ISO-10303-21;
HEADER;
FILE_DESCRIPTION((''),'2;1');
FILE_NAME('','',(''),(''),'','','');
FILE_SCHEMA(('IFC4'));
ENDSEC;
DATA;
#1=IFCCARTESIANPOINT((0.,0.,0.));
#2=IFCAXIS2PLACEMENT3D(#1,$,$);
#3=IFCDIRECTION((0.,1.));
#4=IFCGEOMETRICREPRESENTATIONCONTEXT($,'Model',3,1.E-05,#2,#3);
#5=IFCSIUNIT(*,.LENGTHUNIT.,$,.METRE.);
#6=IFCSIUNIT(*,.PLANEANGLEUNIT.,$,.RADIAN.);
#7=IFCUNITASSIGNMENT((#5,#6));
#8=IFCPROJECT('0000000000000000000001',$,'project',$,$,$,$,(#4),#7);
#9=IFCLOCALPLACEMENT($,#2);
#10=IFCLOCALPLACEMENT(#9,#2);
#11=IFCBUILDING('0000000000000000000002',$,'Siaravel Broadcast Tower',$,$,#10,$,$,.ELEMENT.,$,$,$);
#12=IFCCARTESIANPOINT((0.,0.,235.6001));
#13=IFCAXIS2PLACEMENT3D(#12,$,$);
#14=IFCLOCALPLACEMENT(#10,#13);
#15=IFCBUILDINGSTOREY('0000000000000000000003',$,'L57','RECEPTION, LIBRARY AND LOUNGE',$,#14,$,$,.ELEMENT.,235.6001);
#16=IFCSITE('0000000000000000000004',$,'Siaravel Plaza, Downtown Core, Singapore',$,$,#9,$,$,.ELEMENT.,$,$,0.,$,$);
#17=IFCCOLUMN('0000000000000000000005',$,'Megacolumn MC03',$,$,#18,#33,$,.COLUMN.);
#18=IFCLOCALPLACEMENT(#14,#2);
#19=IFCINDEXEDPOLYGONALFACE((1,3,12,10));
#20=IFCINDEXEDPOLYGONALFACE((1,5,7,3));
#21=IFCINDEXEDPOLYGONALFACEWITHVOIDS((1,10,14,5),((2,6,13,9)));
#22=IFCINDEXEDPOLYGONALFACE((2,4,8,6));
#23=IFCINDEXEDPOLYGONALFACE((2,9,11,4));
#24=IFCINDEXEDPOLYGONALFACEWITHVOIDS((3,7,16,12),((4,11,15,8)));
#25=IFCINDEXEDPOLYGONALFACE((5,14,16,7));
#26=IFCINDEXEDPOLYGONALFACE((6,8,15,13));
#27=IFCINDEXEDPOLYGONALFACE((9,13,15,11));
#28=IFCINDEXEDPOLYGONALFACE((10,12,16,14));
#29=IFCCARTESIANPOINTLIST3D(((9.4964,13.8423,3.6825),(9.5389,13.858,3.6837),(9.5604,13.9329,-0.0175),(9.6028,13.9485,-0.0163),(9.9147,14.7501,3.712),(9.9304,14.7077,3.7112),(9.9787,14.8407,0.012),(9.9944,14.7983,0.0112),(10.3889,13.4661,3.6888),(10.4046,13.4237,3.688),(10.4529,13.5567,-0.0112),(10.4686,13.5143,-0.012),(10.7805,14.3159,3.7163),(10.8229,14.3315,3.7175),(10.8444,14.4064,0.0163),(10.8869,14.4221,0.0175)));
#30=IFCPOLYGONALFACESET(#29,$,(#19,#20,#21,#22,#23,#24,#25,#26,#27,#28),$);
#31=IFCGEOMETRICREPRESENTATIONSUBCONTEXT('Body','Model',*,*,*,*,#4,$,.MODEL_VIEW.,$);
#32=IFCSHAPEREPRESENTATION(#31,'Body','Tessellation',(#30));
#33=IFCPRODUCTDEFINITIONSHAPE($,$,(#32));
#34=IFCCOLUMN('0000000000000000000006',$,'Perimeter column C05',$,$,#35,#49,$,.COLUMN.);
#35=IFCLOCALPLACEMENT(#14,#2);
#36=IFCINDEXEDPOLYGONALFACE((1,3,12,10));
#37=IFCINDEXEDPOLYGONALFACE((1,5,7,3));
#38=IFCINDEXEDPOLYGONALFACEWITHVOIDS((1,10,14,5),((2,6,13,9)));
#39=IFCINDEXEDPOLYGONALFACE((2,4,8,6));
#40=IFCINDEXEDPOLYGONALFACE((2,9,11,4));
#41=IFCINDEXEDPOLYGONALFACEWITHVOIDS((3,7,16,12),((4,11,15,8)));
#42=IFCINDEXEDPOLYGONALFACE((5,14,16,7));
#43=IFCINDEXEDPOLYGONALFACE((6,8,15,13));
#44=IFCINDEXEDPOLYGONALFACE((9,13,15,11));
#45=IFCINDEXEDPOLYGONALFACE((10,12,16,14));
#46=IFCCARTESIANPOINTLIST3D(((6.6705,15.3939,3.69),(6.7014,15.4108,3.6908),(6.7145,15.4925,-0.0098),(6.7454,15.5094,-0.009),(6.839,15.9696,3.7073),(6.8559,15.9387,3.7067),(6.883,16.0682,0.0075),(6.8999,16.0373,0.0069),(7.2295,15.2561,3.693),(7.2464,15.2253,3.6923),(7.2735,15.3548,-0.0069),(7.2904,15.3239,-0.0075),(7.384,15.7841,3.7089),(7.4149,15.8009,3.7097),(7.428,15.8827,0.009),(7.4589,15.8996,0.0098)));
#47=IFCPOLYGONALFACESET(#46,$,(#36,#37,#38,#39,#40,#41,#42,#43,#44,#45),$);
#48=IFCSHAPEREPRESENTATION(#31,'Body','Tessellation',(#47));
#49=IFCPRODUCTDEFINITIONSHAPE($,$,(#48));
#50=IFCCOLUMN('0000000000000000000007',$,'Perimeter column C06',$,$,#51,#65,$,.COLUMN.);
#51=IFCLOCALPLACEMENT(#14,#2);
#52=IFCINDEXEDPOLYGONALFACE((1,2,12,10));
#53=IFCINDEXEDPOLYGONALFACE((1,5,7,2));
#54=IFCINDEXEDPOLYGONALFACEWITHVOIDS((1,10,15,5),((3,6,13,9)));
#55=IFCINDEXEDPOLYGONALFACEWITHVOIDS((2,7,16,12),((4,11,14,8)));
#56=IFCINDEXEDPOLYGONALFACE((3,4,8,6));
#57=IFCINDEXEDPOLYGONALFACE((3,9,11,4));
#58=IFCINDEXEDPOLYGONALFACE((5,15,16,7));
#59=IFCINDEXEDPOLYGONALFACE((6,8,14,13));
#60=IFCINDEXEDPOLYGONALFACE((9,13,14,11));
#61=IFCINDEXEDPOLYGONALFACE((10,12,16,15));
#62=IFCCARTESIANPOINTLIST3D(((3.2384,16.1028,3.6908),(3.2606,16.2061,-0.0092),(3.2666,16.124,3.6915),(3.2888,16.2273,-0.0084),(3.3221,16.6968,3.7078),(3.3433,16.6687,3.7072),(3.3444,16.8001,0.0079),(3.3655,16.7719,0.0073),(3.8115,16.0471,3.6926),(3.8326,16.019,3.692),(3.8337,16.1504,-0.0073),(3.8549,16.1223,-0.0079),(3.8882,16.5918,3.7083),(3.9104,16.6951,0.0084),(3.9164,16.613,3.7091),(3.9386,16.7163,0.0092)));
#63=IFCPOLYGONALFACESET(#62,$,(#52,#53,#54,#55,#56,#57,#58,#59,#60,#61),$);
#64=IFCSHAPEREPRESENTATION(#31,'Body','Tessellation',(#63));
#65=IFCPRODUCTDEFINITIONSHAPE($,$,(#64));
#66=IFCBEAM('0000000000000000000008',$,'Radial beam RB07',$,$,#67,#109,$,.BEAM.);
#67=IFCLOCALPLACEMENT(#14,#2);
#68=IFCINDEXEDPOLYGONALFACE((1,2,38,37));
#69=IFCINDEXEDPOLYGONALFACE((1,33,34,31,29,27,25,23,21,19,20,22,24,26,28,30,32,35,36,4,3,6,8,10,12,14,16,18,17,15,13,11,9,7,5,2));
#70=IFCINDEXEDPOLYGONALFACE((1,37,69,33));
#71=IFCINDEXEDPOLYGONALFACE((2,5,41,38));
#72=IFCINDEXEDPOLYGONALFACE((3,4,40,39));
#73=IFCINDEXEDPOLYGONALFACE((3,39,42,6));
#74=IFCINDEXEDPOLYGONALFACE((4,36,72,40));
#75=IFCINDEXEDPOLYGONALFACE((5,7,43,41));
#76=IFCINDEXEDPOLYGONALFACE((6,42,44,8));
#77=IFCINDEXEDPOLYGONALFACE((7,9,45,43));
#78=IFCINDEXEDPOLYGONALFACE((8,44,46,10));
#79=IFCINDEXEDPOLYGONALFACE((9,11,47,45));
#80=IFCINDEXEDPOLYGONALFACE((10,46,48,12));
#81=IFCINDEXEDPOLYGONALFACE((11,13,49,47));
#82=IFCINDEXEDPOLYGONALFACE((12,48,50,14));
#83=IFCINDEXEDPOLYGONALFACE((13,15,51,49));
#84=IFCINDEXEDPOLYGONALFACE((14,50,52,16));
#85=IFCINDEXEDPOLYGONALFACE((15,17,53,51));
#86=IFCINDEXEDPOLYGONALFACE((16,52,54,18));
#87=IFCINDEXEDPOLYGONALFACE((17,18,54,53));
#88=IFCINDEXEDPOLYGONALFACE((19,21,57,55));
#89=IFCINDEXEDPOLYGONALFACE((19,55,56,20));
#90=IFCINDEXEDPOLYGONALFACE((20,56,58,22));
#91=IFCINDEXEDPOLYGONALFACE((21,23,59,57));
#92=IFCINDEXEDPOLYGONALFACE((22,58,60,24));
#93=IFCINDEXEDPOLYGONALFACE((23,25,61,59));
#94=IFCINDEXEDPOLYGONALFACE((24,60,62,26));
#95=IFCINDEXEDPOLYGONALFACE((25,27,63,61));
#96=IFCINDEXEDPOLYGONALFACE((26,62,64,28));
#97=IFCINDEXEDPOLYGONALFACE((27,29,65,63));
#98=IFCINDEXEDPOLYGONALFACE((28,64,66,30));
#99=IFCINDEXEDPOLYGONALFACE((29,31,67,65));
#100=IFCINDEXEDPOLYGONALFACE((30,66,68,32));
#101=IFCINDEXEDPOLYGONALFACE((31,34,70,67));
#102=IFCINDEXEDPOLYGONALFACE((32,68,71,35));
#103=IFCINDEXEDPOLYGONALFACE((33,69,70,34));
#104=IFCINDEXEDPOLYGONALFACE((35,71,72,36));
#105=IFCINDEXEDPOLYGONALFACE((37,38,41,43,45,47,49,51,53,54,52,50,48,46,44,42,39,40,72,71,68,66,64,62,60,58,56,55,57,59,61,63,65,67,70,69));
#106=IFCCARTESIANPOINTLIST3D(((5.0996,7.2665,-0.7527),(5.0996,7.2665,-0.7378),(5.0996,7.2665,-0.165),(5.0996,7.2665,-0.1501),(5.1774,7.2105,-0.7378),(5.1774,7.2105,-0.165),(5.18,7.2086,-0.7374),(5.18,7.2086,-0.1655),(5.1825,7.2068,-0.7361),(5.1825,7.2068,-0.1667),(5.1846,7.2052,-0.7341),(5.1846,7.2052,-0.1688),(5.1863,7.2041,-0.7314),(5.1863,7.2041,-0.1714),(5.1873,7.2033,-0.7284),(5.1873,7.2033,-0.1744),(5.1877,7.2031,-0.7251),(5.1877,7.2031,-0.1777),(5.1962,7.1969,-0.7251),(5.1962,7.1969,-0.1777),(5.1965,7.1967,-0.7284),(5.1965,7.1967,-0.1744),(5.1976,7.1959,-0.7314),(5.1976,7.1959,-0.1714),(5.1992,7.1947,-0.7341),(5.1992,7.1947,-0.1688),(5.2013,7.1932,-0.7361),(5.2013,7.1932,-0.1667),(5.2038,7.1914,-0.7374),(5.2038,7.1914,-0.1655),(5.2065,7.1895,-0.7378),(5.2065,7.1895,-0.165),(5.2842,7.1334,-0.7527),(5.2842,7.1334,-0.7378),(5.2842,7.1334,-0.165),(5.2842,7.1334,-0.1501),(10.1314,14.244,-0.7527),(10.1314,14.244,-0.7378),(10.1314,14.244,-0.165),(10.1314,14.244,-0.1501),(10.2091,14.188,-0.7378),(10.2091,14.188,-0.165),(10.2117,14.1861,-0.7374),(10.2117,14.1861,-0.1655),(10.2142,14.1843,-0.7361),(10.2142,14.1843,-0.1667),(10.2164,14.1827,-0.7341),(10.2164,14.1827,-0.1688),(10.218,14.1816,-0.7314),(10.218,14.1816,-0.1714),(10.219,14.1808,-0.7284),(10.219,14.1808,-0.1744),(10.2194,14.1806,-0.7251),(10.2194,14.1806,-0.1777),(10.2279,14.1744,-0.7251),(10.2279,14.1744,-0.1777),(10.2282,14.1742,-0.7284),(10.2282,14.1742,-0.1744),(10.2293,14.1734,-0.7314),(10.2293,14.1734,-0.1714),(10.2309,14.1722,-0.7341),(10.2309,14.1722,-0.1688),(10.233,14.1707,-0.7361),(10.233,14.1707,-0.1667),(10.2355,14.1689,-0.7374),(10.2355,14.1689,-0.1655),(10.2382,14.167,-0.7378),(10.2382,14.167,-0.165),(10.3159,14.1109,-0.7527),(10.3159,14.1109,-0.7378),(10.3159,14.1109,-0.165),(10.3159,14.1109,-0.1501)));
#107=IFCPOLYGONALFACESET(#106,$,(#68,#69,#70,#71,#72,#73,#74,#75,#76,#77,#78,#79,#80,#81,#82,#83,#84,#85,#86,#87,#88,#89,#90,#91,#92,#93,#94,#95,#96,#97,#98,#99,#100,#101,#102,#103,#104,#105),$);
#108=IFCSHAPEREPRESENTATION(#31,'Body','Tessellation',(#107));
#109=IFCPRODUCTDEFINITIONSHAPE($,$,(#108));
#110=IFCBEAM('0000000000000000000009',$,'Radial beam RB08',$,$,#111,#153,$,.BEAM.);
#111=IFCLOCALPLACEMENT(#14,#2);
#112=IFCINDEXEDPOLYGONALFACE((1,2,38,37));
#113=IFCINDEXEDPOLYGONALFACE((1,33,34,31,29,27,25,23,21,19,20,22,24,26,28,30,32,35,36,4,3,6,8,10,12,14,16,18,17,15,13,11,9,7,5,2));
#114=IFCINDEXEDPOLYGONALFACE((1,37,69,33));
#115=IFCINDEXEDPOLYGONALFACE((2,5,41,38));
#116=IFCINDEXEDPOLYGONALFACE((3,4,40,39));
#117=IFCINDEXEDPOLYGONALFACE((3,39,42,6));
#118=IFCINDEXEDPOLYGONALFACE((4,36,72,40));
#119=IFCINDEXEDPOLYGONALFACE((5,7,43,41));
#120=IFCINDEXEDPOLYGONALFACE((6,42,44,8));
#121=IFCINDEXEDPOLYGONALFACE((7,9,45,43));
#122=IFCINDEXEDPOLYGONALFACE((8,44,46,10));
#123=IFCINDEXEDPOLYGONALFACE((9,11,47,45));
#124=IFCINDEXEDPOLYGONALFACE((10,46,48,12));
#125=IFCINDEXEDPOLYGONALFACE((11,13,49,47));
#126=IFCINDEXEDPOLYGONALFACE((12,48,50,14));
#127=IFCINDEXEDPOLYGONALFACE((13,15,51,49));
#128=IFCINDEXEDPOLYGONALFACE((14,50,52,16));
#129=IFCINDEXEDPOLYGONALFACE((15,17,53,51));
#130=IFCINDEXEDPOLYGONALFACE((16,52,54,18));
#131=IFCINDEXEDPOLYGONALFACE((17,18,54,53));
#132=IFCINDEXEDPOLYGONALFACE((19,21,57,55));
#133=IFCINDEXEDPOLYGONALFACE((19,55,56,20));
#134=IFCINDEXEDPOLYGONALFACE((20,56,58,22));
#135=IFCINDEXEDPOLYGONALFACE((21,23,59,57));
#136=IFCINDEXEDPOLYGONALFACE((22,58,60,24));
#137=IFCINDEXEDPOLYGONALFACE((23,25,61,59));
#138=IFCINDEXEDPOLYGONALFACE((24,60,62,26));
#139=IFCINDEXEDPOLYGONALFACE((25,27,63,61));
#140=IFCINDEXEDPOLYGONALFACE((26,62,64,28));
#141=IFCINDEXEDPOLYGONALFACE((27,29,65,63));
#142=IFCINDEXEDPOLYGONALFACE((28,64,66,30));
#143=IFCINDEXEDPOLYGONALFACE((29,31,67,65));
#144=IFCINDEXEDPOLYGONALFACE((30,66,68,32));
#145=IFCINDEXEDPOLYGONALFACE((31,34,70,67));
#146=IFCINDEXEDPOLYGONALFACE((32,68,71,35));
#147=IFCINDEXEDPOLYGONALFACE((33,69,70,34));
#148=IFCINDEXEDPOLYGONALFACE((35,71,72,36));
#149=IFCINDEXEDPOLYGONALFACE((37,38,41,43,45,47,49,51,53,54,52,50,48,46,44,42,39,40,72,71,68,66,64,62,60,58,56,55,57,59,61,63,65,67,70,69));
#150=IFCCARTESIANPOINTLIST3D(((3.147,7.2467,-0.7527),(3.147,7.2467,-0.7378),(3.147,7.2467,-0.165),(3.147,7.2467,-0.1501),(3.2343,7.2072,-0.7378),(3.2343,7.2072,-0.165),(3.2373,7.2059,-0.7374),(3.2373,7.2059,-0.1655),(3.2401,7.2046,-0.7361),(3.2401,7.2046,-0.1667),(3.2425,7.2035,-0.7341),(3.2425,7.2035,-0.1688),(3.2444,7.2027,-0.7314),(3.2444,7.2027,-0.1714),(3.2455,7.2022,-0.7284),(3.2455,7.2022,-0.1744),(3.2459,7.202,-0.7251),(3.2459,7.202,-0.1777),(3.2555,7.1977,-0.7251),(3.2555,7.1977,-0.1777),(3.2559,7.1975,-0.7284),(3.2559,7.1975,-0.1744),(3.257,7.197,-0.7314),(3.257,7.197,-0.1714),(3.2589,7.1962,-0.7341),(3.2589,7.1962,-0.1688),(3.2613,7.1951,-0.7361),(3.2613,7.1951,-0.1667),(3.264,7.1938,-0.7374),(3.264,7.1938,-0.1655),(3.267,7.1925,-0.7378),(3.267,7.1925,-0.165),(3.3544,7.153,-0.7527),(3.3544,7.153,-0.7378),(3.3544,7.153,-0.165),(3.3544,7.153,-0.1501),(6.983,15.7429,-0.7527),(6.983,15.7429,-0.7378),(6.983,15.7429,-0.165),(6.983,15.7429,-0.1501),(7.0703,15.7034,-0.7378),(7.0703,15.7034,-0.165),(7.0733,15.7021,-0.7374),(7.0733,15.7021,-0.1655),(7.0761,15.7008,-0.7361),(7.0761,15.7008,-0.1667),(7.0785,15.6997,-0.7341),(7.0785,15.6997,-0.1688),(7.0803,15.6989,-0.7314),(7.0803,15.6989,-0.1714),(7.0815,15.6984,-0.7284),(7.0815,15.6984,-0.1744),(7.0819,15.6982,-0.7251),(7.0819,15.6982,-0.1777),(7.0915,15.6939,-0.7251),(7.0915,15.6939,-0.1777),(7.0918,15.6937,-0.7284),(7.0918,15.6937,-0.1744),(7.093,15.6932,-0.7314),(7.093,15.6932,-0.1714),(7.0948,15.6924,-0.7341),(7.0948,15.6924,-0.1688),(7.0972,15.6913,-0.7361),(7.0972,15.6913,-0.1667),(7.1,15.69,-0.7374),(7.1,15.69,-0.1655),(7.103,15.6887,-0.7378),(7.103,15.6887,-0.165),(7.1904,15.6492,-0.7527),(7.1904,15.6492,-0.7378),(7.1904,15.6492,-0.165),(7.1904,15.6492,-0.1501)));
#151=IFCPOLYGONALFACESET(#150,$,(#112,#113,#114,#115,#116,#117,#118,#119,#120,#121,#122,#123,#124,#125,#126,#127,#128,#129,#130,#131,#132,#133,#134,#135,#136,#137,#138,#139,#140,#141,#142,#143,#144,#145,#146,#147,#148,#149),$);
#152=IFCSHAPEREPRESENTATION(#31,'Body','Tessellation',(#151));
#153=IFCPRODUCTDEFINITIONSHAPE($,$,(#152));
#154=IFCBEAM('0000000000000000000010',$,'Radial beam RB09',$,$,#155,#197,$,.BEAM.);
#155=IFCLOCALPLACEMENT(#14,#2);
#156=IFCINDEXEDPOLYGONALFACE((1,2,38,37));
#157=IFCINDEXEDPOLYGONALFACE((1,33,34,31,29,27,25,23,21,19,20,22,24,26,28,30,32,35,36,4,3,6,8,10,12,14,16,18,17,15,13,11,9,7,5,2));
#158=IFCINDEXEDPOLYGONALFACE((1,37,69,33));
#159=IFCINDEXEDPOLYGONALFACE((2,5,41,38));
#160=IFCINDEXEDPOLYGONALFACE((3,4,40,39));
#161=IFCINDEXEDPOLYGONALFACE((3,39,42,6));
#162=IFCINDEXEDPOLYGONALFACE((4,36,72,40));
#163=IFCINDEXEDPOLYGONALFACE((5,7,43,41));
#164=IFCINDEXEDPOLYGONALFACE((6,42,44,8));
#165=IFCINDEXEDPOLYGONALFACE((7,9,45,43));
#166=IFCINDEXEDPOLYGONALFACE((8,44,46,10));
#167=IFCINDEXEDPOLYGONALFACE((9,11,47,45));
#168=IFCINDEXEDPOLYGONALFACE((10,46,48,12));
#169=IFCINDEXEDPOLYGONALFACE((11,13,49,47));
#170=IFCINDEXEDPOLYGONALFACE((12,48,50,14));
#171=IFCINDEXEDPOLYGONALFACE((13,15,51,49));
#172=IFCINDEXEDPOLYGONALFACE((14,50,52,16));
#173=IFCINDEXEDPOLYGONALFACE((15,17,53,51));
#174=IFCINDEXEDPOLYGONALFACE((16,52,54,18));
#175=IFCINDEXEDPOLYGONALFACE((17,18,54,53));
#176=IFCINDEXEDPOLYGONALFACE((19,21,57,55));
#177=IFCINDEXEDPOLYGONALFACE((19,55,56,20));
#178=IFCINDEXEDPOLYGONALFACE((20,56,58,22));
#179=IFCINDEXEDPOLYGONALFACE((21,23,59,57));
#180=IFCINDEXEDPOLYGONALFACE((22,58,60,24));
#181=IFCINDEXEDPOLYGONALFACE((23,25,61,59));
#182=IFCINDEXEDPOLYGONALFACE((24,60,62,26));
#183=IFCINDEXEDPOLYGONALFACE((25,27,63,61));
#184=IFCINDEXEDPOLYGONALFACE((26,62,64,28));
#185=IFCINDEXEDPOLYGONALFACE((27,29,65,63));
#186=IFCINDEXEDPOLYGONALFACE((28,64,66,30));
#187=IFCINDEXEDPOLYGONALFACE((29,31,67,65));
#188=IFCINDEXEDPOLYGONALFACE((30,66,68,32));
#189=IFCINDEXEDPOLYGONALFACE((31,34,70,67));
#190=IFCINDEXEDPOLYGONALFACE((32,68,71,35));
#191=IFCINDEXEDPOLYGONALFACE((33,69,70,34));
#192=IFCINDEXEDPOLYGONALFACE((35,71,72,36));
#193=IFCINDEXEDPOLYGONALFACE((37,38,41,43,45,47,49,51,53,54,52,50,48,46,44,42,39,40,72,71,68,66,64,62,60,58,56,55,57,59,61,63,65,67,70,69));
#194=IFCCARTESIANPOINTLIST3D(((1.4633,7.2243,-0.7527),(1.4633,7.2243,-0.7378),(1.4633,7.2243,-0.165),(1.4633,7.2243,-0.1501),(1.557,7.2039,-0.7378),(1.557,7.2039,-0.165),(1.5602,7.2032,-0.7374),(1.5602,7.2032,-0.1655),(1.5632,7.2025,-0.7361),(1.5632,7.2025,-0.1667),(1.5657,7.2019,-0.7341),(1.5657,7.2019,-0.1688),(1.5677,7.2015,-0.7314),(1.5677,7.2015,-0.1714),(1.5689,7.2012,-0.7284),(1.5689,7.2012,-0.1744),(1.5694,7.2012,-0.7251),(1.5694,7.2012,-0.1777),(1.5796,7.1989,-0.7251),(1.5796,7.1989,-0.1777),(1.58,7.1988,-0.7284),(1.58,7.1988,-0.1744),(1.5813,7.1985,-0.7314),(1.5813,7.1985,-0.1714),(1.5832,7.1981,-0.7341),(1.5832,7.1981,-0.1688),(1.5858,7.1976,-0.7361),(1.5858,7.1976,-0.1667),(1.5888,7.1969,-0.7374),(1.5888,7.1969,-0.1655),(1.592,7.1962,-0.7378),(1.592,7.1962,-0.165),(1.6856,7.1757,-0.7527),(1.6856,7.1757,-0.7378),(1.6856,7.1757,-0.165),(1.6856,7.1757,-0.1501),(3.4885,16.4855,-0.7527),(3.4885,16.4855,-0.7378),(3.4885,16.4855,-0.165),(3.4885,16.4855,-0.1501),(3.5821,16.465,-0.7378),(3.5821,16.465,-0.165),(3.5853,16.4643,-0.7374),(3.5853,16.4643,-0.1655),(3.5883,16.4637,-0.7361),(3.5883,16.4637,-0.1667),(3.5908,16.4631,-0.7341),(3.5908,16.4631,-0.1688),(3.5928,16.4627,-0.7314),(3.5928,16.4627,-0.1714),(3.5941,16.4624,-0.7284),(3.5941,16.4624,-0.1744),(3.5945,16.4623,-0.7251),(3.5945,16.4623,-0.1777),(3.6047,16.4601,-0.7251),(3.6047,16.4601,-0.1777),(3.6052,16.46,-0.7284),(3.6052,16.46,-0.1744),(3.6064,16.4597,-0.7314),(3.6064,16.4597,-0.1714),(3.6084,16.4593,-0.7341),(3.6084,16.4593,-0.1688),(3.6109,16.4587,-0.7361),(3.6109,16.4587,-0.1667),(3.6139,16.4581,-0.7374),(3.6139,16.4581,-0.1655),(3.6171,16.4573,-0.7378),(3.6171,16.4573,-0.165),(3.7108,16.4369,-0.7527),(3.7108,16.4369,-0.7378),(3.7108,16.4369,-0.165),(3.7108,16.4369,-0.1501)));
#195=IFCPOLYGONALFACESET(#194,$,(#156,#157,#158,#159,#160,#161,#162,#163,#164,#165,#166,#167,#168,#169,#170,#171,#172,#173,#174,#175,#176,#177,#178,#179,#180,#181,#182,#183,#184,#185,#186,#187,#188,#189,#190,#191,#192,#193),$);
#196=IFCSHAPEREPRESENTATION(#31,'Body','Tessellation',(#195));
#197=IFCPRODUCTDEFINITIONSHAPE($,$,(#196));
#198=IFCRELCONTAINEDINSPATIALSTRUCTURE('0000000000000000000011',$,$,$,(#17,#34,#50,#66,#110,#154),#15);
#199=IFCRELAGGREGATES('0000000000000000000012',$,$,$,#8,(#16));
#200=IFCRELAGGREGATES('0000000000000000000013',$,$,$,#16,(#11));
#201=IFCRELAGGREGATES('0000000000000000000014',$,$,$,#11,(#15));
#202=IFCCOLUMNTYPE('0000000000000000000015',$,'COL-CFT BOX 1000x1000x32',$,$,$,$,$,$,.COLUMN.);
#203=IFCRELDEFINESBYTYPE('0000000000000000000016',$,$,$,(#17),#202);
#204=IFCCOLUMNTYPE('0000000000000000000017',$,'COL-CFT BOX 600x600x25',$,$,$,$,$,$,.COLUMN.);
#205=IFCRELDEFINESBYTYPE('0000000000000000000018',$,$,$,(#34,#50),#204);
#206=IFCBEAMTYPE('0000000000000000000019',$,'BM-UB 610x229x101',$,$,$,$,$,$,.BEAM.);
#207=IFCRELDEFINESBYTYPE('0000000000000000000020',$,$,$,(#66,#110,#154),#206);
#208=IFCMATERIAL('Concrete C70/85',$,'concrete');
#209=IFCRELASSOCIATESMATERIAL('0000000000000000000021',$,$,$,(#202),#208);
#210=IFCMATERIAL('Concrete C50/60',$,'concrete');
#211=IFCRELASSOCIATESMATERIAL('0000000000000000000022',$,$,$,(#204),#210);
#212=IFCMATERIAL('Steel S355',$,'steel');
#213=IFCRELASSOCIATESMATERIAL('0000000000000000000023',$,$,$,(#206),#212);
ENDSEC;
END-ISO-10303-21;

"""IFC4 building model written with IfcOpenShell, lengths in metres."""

from ifc_helpers import new_model, si_unit, direction, frame, origin, origin_2d, place, context, subcontext, project, spatial, hollow_rectangle, i_section, extrude, material, material_profile, profile_set, type_object, element, save


model = new_model("IFC4")

# Units and contexts
model_context = context("Model", 3, precision=1e-05, world=origin(), true_north=direction((0.0, 1.0)))
body_context = subcontext(model_context, "Body", "Model", "MODEL_VIEW")
ifc_project = project(units=[si_unit("LENGTHUNIT", "METRE"), si_unit("PLANEANGLEUNIT", "RADIAN")], contexts=[model_context])

# Site, building, storey
site_placement = place(None, origin())
site = spatial("IfcSite", under=ifc_project, at=site_placement, Name="Siaravel Plaza, Downtown Core, Singapore", CompositionType="ELEMENT", RefElevation=0.0)
building_placement = place(site_placement, origin())
building = spatial("IfcBuilding", under=site, at=building_placement, Name="Siaravel Broadcast Tower", CompositionType="ELEMENT")
storey_placement = place(building_placement, frame((0.0, 0.0, 235.6001)))
storey = spatial("IfcBuildingStorey", under=building, at=storey_placement, Name="L57", Description="RECEPTION, LIBRARY AND LOUNGE", CompositionType="ELEMENT", Elevation=235.6001)

# Columns
ifc_material_1 = material(Name="Concrete C70/85", Category="concrete")
ifc_material_profile_1 = material_profile(ifc_material_1, hollow_rectangle(XDim=1.0, YDim=1.0, WallThickness=0.032, at=origin_2d()))
ifc_profile_set_1 = profile_set([ifc_material_profile_1], Name="Concrete C70/85")
column_type_1 = type_object("IfcColumnType", Name="COL-CFT BOX 1000x1000x32", PredefinedType="COLUMN", material=ifc_profile_set_1)
column_placement = place(storey_placement, frame((10.2236, 14.1775, 0.0), z_axis=(-0.01728, -0.024469, 0.999551), x_axis=(0.908142, -0.418627, 0.005452)))
element("IfcColumn", 1, at=column_placement, inside=storey, type_object=column_type_1, Name="Megacolumn MC03", PredefinedType="COLUMN", context=body_context, shape_type="SweptSolid", body=[
    extrude(hollow_rectangle(XDim=1.0, YDim=1.0, WallThickness=0.032, at=origin_2d()), origin(), (0.0, 0.0, 1.0), 3.7017),
])
ifc_material_2 = material(Name="Concrete C50/60", Category="concrete")
ifc_material_profile_2 = material_profile(ifc_material_2, hollow_rectangle(XDim=0.6001, YDim=0.6001, WallThickness=0.0249, at=origin_2d()))
ifc_profile_set_2 = profile_set([ifc_material_profile_2], Name="Concrete C50/60")
column_type_2 = type_object("IfcColumnType", Name="COL-CFT BOX 600x600x25", PredefinedType="COLUMN", material=ifc_profile_set_2)
for number, where, z_axis, x_axis, name in (
    (2, (7.0867, 15.696, 0.0), (-0.011872, -0.026647, 0.999574), (0.959698, -0.281005, 0.003908), "Perimeter column C05"),
    (3, (3.5996, 16.4612, 0.0), (-0.006002, -0.0279, 0.999593), (0.990201, -0.139634, 0.002048), "Perimeter column C06"),
):
    element("IfcColumn", number, at=place(storey_placement, frame(where, z_axis=z_axis, x_axis=x_axis)), inside=storey, type_object=column_type_2, Name=name, PredefinedType="COLUMN", context=body_context, shape_type="SweptSolid", body=[
        extrude(hollow_rectangle(XDim=0.6001, YDim=0.6001, WallThickness=0.0249, at=origin_2d()), origin(), (0.0, 0.0, 1.0), 3.7014),
    ])

# Beams
ifc_material_3 = material(Name="Steel S355", Category="steel")
ifc_material_profile_3 = material_profile(ifc_material_3, i_section(OverallWidth=0.2275, OverallDepth=0.6025, WebThickness=0.0105, FlangeThickness=0.0149, FilletRadius=0.0127, at=origin_2d()))
ifc_profile_set_3 = profile_set([ifc_material_profile_3], Name="Steel S355")
beam_type = type_object("IfcBeamType", Name="BM-UB 610x229x101", PredefinedType="BEAM", material=ifc_profile_set_3)
beam_1_placement = place(storey_placement, frame((10.2236, 14.1775, -0.4514), z_axis=(-0.58491, -0.811098, 0.0), x_axis=(0.811098, -0.58491, 0.0)))
element("IfcBeam", 4, at=beam_1_placement, inside=storey, type_object=beam_type, Name="Radial beam RB07", PredefinedType="BEAM", context=body_context, shape_type="SweptSolid", body=[
    extrude(i_section(OverallWidth=0.2275, OverallDepth=0.6025, WebThickness=0.0105, FlangeThickness=0.0149, FilletRadius=0.0127, at=origin_2d()), origin(), (0.0, 0.0, 1.0), 8.6025),
])
beam_2_placement = place(storey_placement, frame((7.0867, 15.696, -0.4514), z_axis=(-0.411497, -0.911411, 0.0), x_axis=(0.911411, -0.411497, 0.0)))
element("IfcBeam", 5, at=beam_2_placement, inside=storey, type_object=beam_type, Name="Radial beam RB08", PredefinedType="BEAM", context=body_context, shape_type="SweptSolid", body=[
    extrude(i_section(OverallWidth=0.2275, OverallDepth=0.6025, WebThickness=0.0105, FlangeThickness=0.0149, FilletRadius=0.0127, at=origin_2d()), origin(), (0.0, 0.0, 1.0), 9.322),
])
beam_3_placement = place(storey_placement, frame((3.5996, 16.4612, -0.4514), z_axis=(-0.213622, -0.976916, 0.0), x_axis=(0.976916, -0.213622, 0.0)))
element("IfcBeam", 6, at=beam_3_placement, inside=storey, type_object=beam_type, Name="Radial beam RB09", PredefinedType="BEAM", context=body_context, shape_type="SweptSolid", body=[
    extrude(i_section(OverallWidth=0.2275, OverallDepth=0.6025, WebThickness=0.0105, FlangeThickness=0.0149, FilletRadius=0.0127, at=origin_2d()), origin(), (0.0, 0.0, 1.0), 9.48),
])

save(model, "model.ifc")
